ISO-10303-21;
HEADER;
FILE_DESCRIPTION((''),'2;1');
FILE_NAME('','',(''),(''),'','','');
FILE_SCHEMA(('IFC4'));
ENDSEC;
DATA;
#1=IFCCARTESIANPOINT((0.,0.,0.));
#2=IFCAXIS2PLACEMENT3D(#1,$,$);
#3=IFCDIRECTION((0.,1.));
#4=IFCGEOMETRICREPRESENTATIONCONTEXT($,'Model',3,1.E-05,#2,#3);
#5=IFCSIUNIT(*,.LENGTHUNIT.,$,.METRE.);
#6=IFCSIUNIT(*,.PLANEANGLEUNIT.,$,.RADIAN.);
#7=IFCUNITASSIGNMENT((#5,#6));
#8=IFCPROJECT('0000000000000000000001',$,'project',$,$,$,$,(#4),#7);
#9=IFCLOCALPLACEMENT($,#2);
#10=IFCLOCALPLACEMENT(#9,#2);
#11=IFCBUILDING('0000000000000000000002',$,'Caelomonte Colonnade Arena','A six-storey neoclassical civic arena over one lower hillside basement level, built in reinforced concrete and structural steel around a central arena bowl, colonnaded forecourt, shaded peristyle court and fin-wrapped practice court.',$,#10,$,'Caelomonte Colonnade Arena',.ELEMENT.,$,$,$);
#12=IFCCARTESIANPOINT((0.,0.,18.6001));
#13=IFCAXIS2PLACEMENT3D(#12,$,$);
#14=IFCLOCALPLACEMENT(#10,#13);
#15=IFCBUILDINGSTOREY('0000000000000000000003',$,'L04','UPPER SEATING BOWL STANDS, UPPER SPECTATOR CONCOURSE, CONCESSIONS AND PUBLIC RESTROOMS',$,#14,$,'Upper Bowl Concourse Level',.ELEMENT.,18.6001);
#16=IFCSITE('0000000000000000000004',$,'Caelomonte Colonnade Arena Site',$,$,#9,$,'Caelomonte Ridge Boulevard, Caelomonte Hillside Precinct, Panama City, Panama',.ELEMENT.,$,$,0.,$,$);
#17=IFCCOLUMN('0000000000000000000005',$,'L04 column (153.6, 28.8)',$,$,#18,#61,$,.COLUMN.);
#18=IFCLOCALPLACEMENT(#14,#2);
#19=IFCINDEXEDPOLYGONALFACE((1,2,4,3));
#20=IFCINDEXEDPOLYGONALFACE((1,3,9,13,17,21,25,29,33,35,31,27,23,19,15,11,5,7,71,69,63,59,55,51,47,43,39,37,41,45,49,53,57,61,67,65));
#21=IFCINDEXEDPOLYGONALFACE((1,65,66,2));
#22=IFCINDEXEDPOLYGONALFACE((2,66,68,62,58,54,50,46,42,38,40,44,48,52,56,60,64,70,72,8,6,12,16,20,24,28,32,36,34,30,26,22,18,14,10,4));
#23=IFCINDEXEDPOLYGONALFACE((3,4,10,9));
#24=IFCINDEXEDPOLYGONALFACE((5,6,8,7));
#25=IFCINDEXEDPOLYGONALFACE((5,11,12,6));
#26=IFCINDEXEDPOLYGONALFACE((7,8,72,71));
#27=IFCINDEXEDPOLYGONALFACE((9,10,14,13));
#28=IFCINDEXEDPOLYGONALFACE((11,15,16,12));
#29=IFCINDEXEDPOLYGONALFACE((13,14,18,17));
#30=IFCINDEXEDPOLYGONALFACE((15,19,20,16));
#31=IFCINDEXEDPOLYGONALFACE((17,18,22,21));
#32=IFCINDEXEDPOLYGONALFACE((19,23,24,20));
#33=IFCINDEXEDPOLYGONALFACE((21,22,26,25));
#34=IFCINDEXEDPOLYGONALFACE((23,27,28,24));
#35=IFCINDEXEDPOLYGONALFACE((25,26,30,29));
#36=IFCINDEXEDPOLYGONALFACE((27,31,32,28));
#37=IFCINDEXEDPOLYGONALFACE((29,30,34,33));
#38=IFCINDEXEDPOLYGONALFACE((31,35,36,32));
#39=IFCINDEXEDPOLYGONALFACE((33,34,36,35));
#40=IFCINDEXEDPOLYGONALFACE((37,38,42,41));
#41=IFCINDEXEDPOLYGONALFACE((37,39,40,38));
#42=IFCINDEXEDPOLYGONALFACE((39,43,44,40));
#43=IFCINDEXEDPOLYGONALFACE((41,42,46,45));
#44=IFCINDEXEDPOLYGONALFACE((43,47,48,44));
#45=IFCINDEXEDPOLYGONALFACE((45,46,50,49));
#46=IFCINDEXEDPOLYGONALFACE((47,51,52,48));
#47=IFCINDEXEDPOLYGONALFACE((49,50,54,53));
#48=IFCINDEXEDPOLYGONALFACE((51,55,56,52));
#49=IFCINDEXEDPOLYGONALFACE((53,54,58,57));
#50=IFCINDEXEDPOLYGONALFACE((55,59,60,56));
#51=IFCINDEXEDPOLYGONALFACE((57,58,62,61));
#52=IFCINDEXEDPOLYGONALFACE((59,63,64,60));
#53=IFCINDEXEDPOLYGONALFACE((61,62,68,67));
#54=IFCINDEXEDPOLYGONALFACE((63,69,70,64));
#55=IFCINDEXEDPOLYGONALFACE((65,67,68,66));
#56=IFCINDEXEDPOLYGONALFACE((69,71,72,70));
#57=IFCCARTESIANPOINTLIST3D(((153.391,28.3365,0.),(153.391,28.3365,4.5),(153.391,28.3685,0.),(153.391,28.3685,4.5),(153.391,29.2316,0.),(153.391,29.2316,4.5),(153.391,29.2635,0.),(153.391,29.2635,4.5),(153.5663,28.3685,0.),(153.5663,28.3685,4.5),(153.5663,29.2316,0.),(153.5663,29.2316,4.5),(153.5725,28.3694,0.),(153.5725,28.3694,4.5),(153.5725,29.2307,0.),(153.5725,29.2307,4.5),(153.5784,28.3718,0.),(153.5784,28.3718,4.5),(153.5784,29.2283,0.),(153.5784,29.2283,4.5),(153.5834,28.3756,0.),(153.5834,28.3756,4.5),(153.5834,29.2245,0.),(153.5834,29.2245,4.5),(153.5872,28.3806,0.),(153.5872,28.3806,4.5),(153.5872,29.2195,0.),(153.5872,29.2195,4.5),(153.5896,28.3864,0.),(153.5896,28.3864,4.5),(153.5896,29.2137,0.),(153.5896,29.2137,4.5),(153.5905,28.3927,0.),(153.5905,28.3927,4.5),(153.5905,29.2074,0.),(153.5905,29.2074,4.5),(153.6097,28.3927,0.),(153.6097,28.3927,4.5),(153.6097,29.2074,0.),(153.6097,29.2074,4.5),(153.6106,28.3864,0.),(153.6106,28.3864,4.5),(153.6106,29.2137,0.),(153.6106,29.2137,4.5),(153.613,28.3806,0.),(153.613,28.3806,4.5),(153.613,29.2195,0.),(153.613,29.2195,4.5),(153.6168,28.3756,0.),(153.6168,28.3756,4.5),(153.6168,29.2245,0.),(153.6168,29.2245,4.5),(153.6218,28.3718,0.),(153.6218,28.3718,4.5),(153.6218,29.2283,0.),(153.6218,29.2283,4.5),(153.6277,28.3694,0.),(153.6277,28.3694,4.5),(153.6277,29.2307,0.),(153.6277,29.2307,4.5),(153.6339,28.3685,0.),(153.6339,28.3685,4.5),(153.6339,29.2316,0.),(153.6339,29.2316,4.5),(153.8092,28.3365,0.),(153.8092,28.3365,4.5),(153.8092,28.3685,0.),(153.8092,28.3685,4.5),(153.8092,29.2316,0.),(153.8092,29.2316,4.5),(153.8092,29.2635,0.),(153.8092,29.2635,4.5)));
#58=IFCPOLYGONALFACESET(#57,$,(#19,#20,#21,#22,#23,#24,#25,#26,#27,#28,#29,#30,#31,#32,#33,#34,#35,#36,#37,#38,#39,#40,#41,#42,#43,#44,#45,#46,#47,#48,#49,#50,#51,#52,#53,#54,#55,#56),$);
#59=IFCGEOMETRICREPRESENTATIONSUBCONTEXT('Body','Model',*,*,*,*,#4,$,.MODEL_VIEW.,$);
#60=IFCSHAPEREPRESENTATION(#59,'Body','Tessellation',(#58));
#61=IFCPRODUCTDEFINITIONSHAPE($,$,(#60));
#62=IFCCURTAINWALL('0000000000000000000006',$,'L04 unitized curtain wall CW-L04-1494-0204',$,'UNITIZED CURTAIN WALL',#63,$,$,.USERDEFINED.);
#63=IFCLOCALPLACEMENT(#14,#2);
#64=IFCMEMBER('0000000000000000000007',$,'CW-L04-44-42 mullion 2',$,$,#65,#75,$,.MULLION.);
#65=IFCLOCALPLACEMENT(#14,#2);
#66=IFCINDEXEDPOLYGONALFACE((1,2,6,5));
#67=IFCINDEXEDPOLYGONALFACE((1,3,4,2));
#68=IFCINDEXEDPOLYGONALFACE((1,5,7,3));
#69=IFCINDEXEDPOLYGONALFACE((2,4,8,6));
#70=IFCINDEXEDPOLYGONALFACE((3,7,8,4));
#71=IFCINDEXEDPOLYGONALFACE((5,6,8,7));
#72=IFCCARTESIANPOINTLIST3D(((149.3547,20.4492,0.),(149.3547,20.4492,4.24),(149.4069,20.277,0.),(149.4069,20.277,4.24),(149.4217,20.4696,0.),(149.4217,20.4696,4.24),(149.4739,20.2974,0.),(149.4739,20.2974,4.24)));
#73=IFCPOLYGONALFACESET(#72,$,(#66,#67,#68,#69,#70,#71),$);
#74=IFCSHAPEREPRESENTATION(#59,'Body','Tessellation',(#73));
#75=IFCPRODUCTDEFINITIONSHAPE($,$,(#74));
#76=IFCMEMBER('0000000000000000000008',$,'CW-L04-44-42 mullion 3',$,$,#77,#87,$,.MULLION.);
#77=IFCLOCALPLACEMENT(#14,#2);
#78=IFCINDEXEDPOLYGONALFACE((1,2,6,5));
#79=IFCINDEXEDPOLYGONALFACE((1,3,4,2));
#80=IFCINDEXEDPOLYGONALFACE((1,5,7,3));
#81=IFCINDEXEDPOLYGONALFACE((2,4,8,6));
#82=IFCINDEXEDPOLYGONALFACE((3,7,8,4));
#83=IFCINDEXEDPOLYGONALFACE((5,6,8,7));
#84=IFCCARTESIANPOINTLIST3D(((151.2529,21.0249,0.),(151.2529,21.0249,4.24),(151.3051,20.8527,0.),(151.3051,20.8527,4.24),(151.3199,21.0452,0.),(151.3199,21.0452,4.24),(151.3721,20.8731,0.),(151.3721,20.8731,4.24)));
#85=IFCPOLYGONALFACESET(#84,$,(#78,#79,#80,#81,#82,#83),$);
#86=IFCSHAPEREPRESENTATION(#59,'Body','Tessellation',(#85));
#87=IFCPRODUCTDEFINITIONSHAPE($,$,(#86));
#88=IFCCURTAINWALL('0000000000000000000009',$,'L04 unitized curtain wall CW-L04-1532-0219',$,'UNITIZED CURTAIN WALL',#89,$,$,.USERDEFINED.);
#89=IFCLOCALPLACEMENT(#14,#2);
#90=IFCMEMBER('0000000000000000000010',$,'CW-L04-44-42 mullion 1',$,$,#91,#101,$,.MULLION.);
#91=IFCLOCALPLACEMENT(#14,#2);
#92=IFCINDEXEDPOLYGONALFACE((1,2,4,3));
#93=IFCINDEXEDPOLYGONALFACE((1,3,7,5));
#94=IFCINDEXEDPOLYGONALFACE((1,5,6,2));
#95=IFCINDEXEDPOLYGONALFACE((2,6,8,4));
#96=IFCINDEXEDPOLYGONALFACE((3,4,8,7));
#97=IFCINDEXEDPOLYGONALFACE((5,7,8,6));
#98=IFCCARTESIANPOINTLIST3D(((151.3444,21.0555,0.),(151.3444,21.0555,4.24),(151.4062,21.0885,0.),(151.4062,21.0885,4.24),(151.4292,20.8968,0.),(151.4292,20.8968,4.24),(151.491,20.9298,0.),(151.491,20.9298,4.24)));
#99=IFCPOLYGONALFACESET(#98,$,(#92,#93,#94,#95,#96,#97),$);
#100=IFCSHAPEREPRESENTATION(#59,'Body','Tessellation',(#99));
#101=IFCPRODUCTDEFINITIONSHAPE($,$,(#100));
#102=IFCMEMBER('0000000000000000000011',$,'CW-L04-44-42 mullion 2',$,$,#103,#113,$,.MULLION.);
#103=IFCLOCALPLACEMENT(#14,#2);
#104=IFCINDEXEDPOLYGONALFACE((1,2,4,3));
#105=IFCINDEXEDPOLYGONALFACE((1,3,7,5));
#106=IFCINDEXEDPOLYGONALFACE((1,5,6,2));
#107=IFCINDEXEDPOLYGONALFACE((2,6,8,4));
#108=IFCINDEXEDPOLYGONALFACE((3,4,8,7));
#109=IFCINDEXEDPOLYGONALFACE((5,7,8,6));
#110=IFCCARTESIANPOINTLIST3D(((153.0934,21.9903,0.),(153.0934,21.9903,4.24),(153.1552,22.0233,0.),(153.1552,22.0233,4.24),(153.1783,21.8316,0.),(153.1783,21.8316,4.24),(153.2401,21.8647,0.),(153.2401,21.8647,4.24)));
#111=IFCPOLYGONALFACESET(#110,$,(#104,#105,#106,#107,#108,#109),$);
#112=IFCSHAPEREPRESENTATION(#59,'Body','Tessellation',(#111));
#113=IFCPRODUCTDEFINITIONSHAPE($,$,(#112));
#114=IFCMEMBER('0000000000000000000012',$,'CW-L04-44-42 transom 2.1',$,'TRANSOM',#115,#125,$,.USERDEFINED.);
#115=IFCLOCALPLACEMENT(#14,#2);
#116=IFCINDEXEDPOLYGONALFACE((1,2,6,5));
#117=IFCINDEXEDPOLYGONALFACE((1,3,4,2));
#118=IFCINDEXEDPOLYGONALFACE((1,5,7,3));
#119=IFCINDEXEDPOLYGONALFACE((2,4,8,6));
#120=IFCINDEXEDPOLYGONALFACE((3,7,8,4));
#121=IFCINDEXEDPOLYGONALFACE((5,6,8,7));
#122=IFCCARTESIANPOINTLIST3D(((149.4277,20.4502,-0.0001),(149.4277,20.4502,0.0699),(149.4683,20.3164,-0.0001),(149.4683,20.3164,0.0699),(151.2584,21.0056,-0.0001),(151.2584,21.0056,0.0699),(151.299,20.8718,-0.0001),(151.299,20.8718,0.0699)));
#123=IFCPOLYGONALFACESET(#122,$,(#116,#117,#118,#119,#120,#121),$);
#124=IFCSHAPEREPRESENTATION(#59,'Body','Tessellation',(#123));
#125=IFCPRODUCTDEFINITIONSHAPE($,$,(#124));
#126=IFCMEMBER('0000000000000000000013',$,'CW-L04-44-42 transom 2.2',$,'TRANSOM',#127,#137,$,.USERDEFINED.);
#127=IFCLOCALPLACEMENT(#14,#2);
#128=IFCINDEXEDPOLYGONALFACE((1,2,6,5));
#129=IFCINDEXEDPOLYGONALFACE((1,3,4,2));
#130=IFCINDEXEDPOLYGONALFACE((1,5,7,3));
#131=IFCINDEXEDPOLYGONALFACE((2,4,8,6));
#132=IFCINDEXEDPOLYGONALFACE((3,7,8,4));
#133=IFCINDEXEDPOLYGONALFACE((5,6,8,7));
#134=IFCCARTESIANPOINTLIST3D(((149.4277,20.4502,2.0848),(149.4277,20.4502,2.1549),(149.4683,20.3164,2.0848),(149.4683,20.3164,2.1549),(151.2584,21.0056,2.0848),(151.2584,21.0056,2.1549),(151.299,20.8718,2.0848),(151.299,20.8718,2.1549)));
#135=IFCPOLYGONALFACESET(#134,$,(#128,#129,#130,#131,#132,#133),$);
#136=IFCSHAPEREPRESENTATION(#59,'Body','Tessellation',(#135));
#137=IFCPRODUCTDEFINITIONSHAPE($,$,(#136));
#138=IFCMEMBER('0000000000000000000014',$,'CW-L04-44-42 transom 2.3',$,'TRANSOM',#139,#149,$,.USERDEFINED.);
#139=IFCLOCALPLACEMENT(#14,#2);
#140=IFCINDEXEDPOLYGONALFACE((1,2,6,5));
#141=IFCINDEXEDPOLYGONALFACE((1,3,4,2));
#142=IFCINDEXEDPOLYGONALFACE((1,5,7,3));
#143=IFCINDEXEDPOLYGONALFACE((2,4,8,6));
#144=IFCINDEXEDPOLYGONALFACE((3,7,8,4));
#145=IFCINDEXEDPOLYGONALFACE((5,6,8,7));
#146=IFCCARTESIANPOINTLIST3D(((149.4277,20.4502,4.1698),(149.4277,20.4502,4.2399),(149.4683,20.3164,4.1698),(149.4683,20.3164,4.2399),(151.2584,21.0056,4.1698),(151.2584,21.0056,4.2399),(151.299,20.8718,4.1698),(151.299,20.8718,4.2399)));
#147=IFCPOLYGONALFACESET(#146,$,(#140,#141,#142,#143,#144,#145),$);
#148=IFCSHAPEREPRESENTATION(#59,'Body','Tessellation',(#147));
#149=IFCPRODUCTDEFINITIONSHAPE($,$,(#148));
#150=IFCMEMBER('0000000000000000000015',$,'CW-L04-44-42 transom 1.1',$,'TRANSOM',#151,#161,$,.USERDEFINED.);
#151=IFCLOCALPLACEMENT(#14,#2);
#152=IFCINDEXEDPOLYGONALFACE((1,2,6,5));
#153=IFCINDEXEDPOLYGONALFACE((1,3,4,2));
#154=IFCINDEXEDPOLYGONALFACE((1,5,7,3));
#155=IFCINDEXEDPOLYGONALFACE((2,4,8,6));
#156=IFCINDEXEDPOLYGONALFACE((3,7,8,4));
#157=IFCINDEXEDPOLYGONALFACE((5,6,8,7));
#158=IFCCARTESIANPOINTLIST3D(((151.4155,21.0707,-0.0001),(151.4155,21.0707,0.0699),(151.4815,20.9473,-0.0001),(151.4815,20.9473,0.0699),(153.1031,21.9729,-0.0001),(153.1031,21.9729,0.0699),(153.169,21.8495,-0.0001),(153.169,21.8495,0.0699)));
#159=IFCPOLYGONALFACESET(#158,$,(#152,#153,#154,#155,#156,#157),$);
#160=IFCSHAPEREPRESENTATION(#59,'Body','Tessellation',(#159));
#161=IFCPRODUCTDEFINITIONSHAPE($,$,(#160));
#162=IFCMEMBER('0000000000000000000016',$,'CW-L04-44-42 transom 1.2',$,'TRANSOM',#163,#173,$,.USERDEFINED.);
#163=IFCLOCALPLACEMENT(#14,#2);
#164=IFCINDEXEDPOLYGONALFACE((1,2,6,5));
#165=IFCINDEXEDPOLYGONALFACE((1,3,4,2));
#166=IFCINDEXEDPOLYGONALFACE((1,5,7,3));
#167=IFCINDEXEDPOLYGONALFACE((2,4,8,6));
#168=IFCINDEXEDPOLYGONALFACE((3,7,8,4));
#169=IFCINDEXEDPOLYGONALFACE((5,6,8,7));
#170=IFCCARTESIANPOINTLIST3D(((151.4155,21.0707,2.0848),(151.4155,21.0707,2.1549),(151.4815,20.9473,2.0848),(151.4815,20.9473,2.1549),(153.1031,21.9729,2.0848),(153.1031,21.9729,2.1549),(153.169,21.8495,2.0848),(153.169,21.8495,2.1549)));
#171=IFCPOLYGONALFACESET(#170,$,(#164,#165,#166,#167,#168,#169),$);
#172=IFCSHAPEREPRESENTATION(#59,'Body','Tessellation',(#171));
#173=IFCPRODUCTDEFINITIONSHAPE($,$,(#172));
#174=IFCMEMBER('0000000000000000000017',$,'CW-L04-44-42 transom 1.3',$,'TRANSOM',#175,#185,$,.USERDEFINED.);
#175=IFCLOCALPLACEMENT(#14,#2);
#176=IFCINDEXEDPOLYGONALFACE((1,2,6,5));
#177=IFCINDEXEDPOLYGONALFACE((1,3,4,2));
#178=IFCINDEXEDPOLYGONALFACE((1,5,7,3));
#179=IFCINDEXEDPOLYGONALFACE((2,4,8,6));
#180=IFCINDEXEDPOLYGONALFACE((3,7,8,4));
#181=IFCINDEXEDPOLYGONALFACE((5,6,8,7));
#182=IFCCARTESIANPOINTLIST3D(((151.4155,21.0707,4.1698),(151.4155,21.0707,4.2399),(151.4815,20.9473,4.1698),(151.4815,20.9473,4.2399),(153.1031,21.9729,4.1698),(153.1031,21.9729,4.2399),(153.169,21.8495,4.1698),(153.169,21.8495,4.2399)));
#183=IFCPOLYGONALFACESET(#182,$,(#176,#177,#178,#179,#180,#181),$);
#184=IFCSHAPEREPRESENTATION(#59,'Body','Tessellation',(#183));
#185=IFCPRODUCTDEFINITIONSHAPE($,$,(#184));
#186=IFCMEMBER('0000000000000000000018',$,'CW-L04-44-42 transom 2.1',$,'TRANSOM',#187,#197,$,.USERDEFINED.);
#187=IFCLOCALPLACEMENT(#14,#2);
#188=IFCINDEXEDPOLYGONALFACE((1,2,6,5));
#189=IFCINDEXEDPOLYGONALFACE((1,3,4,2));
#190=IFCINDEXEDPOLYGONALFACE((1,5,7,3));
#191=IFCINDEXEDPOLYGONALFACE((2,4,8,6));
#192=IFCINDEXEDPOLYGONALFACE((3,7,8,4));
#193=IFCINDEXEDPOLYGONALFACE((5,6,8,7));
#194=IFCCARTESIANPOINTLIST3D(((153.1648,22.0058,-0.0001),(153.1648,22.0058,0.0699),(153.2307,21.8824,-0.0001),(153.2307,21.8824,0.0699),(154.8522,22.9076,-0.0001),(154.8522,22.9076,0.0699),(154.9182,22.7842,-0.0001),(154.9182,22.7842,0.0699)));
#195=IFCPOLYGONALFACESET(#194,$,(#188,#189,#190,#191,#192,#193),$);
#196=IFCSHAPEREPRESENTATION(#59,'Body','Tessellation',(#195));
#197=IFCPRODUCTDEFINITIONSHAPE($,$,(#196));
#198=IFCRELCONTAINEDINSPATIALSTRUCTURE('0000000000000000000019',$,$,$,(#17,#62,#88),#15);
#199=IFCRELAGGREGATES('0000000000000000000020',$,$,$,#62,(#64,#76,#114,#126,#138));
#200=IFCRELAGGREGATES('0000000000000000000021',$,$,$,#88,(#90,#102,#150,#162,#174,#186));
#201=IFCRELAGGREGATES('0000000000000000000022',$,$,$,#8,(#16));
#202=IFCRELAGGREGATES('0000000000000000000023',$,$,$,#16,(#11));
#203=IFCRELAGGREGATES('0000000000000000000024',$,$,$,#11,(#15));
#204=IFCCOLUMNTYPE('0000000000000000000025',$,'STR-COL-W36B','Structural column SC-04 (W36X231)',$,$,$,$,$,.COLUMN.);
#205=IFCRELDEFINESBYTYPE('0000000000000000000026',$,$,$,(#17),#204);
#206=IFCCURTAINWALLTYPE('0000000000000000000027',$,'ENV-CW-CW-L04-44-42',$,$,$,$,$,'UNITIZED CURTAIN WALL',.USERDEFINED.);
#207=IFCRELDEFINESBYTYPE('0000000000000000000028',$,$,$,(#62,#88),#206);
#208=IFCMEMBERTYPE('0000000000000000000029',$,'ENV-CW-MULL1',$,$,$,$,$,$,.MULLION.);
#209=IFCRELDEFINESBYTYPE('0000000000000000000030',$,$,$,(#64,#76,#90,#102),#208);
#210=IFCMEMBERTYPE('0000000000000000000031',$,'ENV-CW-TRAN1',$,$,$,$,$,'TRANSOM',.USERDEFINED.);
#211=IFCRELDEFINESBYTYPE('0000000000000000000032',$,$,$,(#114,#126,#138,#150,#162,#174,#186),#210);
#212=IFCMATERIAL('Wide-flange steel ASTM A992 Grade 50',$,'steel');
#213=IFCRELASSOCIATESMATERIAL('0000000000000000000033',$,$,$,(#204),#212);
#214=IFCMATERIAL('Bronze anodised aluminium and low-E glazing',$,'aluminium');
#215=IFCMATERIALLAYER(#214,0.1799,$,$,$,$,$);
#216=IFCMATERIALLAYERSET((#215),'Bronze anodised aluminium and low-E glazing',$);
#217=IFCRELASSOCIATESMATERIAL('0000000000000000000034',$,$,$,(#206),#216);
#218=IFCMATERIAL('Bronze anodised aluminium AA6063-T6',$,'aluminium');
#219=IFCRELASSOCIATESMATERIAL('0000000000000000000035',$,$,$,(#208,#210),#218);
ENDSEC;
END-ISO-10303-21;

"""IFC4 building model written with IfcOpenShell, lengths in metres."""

from ifc_helpers import new_model, si_unit, direction, frame, origin, origin_2d, place, context, subcontext, project, spatial, rectangle, i_section, extrude, material, layer, layer_set, material_profile, profile_set, type_object, element, aggregate, save


model = new_model("IFC4")

# Units and contexts
model_context = context("Model", 3, precision=1e-05, world=origin(), true_north=direction((0.0, 1.0)))
body_context = subcontext(model_context, "Body", "Model", "MODEL_VIEW")
ifc_project = project(units=[si_unit("LENGTHUNIT", "METRE"), si_unit("PLANEANGLEUNIT", "RADIAN")], contexts=[model_context])

# Site, building, storey
site_placement = place(None, origin())
site = spatial("IfcSite", under=ifc_project, at=site_placement, Name="Caelomonte Colonnade Arena Site", LongName="Caelomonte Ridge Boulevard, Caelomonte Hillside Precinct, Panama City, Panama", CompositionType="ELEMENT", RefElevation=0.0)
building_placement = place(site_placement, origin())
building = spatial("IfcBuilding", under=site, at=building_placement, Name="Caelomonte Colonnade Arena", Description="A six-storey neoclassical civic arena over one lower hillside basement level, built in reinforced concrete and structural steel around a central arena bowl, colonnaded forecourt, shaded peristyle court and fin-wrapped practice court.", LongName="Caelomonte Colonnade Arena", CompositionType="ELEMENT")
storey_placement = place(building_placement, frame((0.0, 0.0, 18.6001)))
storey = spatial("IfcBuildingStorey", under=building, at=storey_placement, Name="L04", Description="UPPER SEATING BOWL STANDS, UPPER SPECTATOR CONCOURSE, CONCESSIONS AND PUBLIC RESTROOMS", LongName="Upper Bowl Concourse Level", CompositionType="ELEMENT", Elevation=18.6001)

# Column
ifc_material_1 = material(Name="Wide-flange steel ASTM A992 Grade 50", Category="steel")
ifc_material_profile_1 = material_profile(ifc_material_1, i_section(OverallWidth=0.4182, OverallDepth=0.927, WebThickness=0.0193, FlangeThickness=0.032, FilletRadius=0.0242, at=origin_2d()), Name="W36X231")
ifc_profile_set_1 = profile_set([ifc_material_profile_1], Name="Wide-flange steel ASTM A992 Grade 50")
column_type = type_object("IfcColumnType", Name="STR-COL-W36B", Description="Structural column SC-04 (W36X231)", PredefinedType="COLUMN", material=ifc_profile_set_1)
column_placement = place(storey_placement, frame((153.6001, 28.8, 0.0), z_axis=(0.0, 0.0, 1.0), x_axis=(1.0, 0.0, 0.0)))
element("IfcColumn", 1, at=column_placement, inside=storey, type_object=column_type, Name="L04 column (153.6, 28.8)", PredefinedType="COLUMN", context=body_context, shape_type="SweptSolid", body=[
    extrude(i_section(OverallWidth=0.4182, OverallDepth=0.927, WebThickness=0.0193, FlangeThickness=0.032, FilletRadius=0.0242, at=origin_2d()), origin(), (0.0, 0.0, 1.0), 4.5),
])

# Curtain walls, members
ifc_material_2 = material(Name="Bronze anodised aluminium and low-E glazing", Category="aluminium")
ifc_layer_1 = layer(ifc_material_2, 0.1799)
ifc_layer_set_1 = layer_set([ifc_layer_1], Name="Bronze anodised aluminium and low-E glazing")
curtain_wall_type = type_object("IfcCurtainWallType", Name="ENV-CW-CW-L04-44-42", ElementType="UNITIZED CURTAIN WALL", PredefinedType="USERDEFINED", material=ifc_layer_set_1)
curtain_wall_1_placement = place(storey_placement, origin())
curtain_wall_1 = element("IfcCurtainWall", 2, at=curtain_wall_1_placement, inside=storey, type_object=curtain_wall_type, Name="L04 unitized curtain wall CW-L04-1494-0204", ObjectType="UNITIZED CURTAIN WALL", PredefinedType="USERDEFINED")
ifc_material_3 = material(Name="Bronze anodised aluminium AA6063-T6", Category="aluminium")
ifc_material_profile_2 = material_profile(ifc_material_3, rectangle(XDim=0.0701, YDim=0.1799, at=origin_2d()), Name="CWM-70X180")
ifc_profile_set_2 = profile_set([ifc_material_profile_2], Name="Bronze anodised aluminium AA6063-T6")
member_type_1 = type_object("IfcMemberType", Name="ENV-CW-MULL1", PredefinedType="MULLION", material=ifc_profile_set_2)
member_1_placement = place(storey_placement, frame((149.4143, 20.3733, 0.0), z_axis=(0.0, 0.0, 1.0), x_axis=(0.956949, 0.290256, 0.0)))
member_1 = element("IfcMember", 3, at=member_1_placement, type_object=member_type_1, Name="CW-L04-44-42 mullion 2", PredefinedType="MULLION", context=body_context, shape_type="SweptSolid", body=[
    extrude(rectangle(XDim=0.0701, YDim=0.1799, at=origin_2d()), origin(), (0.0, 0.0, 1.0), 4.24),
])
member_2_placement = place(storey_placement, frame((151.3125, 20.949, 0.0), z_axis=(0.0, 0.0, 1.0), x_axis=(0.956949, 0.290256, 0.0)))
member_2 = element("IfcMember", 4, at=member_2_placement, type_object=member_type_1, Name="CW-L04-44-42 mullion 3", PredefinedType="MULLION", context=body_context, shape_type="SweptSolid", body=[
    extrude(rectangle(XDim=0.0701, YDim=0.1799, at=origin_2d()), origin(), (0.0, 0.0, 1.0), 4.24),
])
curtain_wall_2_placement = place(storey_placement, origin())
curtain_wall_2 = element("IfcCurtainWall", 5, at=curtain_wall_2_placement, inside=storey, type_object=curtain_wall_type, Name="L04 unitized curtain wall CW-L04-1532-0219", ObjectType="UNITIZED CURTAIN WALL", PredefinedType="USERDEFINED")
member_3_placement = place(storey_placement, frame((151.4177, 20.9927, 0.0), z_axis=(0.0, 0.0, 1.0), x_axis=(0.881923, 0.471394, 0.0)))
member_3 = element("IfcMember", 6, at=member_3_placement, type_object=member_type_1, Name="CW-L04-44-42 mullion 1", PredefinedType="MULLION", context=body_context, shape_type="SweptSolid", body=[
    extrude(rectangle(XDim=0.0701, YDim=0.1799, at=origin_2d()), origin(), (0.0, 0.0, 1.0), 4.24),
])
member_4_placement = place(storey_placement, frame((153.1667, 21.9275, 0.0), z_axis=(0.0, 0.0, 1.0), x_axis=(0.881923, 0.471394, 0.0)))
member_4 = element("IfcMember", 7, at=member_4_placement, type_object=member_type_1, Name="CW-L04-44-42 mullion 2", PredefinedType="MULLION", context=body_context, shape_type="SweptSolid", body=[
    extrude(rectangle(XDim=0.0701, YDim=0.1799, at=origin_2d()), origin(), (0.0, 0.0, 1.0), 4.24),
])

# Members
ifc_material_profile_3 = material_profile(ifc_material_3, rectangle(XDim=0.0701, YDim=0.1399, at=origin_2d()), Name="CWT-70X140")
ifc_profile_set_3 = profile_set([ifc_material_profile_3], Name="Bronze anodised aluminium AA6063-T6")
member_type_2 = type_object("IfcMemberType", Name="ENV-CW-TRAN1", ElementType="TRANSOM", PredefinedType="USERDEFINED", material=ifc_profile_set_3)
member_5_placement = place(storey_placement, frame((149.448, 20.3833, 0.0349), z_axis=(0.956933, 0.290308, 0.0), x_axis=(0.0, 0.0, 1.0)))
member_5 = element("IfcMember", 8, at=member_5_placement, type_object=member_type_2, Name="CW-L04-44-42 transom 2.1", ObjectType="TRANSOM", PredefinedType="USERDEFINED", context=body_context, shape_type="SweptSolid", body=[
    extrude(rectangle(XDim=0.0701, YDim=0.1399, at=origin_2d()), origin(), (0.0, 0.0, 1.0), 1.9131),
])
member_6_placement = place(storey_placement, frame((149.448, 20.3833, 2.1199), z_axis=(0.956933, 0.290308, 0.0), x_axis=(0.0, 0.0, 1.0)))
member_6 = element("IfcMember", 9, at=member_6_placement, type_object=member_type_2, Name="CW-L04-44-42 transom 2.2", ObjectType="TRANSOM", PredefinedType="USERDEFINED", context=body_context, shape_type="SweptSolid", body=[
    extrude(rectangle(XDim=0.0701, YDim=0.1399, at=origin_2d()), origin(), (0.0, 0.0, 1.0), 1.9131),
])
member_7_placement = place(storey_placement, frame((149.448, 20.3833, 4.2048), z_axis=(0.956933, 0.290308, 0.0), x_axis=(0.0, 0.0, 1.0)))
member_7 = element("IfcMember", 10, at=member_7_placement, type_object=member_type_2, Name="CW-L04-44-42 transom 2.3", ObjectType="TRANSOM", PredefinedType="USERDEFINED", context=body_context, shape_type="SweptSolid", body=[
    extrude(rectangle(XDim=0.0701, YDim=0.1399, at=origin_2d()), origin(), (0.0, 0.0, 1.0), 1.9131),
])
member_8_placement = place(storey_placement, frame((151.4485, 21.009, 0.0349), z_axis=(0.881897, 0.471442, 0.0), x_axis=(0.0, 0.0, 1.0)))
member_8 = element("IfcMember", 11, at=member_8_placement, type_object=member_type_2, Name="CW-L04-44-42 transom 1.1", ObjectType="TRANSOM", PredefinedType="USERDEFINED", context=body_context, shape_type="SweptSolid", body=[
    extrude(rectangle(XDim=0.0701, YDim=0.1399, at=origin_2d()), origin(), (0.0, 0.0, 1.0), 1.9136),
])
member_9_placement = place(storey_placement, frame((151.4485, 21.009, 2.1199), z_axis=(0.881897, 0.471442, 0.0), x_axis=(0.0, 0.0, 1.0)))
member_9 = element("IfcMember", 12, at=member_9_placement, type_object=member_type_2, Name="CW-L04-44-42 transom 1.2", ObjectType="TRANSOM", PredefinedType="USERDEFINED", context=body_context, shape_type="SweptSolid", body=[
    extrude(rectangle(XDim=0.0701, YDim=0.1399, at=origin_2d()), origin(), (0.0, 0.0, 1.0), 1.9136),
])
member_10_placement = place(storey_placement, frame((151.4485, 21.009, 4.2048), z_axis=(0.881897, 0.471442, 0.0), x_axis=(0.0, 0.0, 1.0)))
member_10 = element("IfcMember", 13, at=member_10_placement, type_object=member_type_2, Name="CW-L04-44-42 transom 1.3", ObjectType="TRANSOM", PredefinedType="USERDEFINED", context=body_context, shape_type="SweptSolid", body=[
    extrude(rectangle(XDim=0.0701, YDim=0.1399, at=origin_2d()), origin(), (0.0, 0.0, 1.0), 1.9136),
])
member_11_placement = place(storey_placement, frame((153.1978, 21.9441, 0.0349), z_axis=(0.88195, 0.471343, 0.0), x_axis=(0.0, 0.0, 1.0)))
member_11 = element("IfcMember", 14, at=member_11_placement, type_object=member_type_2, Name="CW-L04-44-42 transom 2.1", ObjectType="TRANSOM", PredefinedType="USERDEFINED", context=body_context, shape_type="SweptSolid", body=[
    extrude(rectangle(XDim=0.0701, YDim=0.1399, at=origin_2d()), origin(), (0.0, 0.0, 1.0), 1.9133),
])

aggregate(curtain_wall_1, [member_1, member_2, member_5, member_6, member_7])
aggregate(curtain_wall_2, [member_3, member_4, member_8, member_9, member_10, member_11])

save(model, "model.ifc")
